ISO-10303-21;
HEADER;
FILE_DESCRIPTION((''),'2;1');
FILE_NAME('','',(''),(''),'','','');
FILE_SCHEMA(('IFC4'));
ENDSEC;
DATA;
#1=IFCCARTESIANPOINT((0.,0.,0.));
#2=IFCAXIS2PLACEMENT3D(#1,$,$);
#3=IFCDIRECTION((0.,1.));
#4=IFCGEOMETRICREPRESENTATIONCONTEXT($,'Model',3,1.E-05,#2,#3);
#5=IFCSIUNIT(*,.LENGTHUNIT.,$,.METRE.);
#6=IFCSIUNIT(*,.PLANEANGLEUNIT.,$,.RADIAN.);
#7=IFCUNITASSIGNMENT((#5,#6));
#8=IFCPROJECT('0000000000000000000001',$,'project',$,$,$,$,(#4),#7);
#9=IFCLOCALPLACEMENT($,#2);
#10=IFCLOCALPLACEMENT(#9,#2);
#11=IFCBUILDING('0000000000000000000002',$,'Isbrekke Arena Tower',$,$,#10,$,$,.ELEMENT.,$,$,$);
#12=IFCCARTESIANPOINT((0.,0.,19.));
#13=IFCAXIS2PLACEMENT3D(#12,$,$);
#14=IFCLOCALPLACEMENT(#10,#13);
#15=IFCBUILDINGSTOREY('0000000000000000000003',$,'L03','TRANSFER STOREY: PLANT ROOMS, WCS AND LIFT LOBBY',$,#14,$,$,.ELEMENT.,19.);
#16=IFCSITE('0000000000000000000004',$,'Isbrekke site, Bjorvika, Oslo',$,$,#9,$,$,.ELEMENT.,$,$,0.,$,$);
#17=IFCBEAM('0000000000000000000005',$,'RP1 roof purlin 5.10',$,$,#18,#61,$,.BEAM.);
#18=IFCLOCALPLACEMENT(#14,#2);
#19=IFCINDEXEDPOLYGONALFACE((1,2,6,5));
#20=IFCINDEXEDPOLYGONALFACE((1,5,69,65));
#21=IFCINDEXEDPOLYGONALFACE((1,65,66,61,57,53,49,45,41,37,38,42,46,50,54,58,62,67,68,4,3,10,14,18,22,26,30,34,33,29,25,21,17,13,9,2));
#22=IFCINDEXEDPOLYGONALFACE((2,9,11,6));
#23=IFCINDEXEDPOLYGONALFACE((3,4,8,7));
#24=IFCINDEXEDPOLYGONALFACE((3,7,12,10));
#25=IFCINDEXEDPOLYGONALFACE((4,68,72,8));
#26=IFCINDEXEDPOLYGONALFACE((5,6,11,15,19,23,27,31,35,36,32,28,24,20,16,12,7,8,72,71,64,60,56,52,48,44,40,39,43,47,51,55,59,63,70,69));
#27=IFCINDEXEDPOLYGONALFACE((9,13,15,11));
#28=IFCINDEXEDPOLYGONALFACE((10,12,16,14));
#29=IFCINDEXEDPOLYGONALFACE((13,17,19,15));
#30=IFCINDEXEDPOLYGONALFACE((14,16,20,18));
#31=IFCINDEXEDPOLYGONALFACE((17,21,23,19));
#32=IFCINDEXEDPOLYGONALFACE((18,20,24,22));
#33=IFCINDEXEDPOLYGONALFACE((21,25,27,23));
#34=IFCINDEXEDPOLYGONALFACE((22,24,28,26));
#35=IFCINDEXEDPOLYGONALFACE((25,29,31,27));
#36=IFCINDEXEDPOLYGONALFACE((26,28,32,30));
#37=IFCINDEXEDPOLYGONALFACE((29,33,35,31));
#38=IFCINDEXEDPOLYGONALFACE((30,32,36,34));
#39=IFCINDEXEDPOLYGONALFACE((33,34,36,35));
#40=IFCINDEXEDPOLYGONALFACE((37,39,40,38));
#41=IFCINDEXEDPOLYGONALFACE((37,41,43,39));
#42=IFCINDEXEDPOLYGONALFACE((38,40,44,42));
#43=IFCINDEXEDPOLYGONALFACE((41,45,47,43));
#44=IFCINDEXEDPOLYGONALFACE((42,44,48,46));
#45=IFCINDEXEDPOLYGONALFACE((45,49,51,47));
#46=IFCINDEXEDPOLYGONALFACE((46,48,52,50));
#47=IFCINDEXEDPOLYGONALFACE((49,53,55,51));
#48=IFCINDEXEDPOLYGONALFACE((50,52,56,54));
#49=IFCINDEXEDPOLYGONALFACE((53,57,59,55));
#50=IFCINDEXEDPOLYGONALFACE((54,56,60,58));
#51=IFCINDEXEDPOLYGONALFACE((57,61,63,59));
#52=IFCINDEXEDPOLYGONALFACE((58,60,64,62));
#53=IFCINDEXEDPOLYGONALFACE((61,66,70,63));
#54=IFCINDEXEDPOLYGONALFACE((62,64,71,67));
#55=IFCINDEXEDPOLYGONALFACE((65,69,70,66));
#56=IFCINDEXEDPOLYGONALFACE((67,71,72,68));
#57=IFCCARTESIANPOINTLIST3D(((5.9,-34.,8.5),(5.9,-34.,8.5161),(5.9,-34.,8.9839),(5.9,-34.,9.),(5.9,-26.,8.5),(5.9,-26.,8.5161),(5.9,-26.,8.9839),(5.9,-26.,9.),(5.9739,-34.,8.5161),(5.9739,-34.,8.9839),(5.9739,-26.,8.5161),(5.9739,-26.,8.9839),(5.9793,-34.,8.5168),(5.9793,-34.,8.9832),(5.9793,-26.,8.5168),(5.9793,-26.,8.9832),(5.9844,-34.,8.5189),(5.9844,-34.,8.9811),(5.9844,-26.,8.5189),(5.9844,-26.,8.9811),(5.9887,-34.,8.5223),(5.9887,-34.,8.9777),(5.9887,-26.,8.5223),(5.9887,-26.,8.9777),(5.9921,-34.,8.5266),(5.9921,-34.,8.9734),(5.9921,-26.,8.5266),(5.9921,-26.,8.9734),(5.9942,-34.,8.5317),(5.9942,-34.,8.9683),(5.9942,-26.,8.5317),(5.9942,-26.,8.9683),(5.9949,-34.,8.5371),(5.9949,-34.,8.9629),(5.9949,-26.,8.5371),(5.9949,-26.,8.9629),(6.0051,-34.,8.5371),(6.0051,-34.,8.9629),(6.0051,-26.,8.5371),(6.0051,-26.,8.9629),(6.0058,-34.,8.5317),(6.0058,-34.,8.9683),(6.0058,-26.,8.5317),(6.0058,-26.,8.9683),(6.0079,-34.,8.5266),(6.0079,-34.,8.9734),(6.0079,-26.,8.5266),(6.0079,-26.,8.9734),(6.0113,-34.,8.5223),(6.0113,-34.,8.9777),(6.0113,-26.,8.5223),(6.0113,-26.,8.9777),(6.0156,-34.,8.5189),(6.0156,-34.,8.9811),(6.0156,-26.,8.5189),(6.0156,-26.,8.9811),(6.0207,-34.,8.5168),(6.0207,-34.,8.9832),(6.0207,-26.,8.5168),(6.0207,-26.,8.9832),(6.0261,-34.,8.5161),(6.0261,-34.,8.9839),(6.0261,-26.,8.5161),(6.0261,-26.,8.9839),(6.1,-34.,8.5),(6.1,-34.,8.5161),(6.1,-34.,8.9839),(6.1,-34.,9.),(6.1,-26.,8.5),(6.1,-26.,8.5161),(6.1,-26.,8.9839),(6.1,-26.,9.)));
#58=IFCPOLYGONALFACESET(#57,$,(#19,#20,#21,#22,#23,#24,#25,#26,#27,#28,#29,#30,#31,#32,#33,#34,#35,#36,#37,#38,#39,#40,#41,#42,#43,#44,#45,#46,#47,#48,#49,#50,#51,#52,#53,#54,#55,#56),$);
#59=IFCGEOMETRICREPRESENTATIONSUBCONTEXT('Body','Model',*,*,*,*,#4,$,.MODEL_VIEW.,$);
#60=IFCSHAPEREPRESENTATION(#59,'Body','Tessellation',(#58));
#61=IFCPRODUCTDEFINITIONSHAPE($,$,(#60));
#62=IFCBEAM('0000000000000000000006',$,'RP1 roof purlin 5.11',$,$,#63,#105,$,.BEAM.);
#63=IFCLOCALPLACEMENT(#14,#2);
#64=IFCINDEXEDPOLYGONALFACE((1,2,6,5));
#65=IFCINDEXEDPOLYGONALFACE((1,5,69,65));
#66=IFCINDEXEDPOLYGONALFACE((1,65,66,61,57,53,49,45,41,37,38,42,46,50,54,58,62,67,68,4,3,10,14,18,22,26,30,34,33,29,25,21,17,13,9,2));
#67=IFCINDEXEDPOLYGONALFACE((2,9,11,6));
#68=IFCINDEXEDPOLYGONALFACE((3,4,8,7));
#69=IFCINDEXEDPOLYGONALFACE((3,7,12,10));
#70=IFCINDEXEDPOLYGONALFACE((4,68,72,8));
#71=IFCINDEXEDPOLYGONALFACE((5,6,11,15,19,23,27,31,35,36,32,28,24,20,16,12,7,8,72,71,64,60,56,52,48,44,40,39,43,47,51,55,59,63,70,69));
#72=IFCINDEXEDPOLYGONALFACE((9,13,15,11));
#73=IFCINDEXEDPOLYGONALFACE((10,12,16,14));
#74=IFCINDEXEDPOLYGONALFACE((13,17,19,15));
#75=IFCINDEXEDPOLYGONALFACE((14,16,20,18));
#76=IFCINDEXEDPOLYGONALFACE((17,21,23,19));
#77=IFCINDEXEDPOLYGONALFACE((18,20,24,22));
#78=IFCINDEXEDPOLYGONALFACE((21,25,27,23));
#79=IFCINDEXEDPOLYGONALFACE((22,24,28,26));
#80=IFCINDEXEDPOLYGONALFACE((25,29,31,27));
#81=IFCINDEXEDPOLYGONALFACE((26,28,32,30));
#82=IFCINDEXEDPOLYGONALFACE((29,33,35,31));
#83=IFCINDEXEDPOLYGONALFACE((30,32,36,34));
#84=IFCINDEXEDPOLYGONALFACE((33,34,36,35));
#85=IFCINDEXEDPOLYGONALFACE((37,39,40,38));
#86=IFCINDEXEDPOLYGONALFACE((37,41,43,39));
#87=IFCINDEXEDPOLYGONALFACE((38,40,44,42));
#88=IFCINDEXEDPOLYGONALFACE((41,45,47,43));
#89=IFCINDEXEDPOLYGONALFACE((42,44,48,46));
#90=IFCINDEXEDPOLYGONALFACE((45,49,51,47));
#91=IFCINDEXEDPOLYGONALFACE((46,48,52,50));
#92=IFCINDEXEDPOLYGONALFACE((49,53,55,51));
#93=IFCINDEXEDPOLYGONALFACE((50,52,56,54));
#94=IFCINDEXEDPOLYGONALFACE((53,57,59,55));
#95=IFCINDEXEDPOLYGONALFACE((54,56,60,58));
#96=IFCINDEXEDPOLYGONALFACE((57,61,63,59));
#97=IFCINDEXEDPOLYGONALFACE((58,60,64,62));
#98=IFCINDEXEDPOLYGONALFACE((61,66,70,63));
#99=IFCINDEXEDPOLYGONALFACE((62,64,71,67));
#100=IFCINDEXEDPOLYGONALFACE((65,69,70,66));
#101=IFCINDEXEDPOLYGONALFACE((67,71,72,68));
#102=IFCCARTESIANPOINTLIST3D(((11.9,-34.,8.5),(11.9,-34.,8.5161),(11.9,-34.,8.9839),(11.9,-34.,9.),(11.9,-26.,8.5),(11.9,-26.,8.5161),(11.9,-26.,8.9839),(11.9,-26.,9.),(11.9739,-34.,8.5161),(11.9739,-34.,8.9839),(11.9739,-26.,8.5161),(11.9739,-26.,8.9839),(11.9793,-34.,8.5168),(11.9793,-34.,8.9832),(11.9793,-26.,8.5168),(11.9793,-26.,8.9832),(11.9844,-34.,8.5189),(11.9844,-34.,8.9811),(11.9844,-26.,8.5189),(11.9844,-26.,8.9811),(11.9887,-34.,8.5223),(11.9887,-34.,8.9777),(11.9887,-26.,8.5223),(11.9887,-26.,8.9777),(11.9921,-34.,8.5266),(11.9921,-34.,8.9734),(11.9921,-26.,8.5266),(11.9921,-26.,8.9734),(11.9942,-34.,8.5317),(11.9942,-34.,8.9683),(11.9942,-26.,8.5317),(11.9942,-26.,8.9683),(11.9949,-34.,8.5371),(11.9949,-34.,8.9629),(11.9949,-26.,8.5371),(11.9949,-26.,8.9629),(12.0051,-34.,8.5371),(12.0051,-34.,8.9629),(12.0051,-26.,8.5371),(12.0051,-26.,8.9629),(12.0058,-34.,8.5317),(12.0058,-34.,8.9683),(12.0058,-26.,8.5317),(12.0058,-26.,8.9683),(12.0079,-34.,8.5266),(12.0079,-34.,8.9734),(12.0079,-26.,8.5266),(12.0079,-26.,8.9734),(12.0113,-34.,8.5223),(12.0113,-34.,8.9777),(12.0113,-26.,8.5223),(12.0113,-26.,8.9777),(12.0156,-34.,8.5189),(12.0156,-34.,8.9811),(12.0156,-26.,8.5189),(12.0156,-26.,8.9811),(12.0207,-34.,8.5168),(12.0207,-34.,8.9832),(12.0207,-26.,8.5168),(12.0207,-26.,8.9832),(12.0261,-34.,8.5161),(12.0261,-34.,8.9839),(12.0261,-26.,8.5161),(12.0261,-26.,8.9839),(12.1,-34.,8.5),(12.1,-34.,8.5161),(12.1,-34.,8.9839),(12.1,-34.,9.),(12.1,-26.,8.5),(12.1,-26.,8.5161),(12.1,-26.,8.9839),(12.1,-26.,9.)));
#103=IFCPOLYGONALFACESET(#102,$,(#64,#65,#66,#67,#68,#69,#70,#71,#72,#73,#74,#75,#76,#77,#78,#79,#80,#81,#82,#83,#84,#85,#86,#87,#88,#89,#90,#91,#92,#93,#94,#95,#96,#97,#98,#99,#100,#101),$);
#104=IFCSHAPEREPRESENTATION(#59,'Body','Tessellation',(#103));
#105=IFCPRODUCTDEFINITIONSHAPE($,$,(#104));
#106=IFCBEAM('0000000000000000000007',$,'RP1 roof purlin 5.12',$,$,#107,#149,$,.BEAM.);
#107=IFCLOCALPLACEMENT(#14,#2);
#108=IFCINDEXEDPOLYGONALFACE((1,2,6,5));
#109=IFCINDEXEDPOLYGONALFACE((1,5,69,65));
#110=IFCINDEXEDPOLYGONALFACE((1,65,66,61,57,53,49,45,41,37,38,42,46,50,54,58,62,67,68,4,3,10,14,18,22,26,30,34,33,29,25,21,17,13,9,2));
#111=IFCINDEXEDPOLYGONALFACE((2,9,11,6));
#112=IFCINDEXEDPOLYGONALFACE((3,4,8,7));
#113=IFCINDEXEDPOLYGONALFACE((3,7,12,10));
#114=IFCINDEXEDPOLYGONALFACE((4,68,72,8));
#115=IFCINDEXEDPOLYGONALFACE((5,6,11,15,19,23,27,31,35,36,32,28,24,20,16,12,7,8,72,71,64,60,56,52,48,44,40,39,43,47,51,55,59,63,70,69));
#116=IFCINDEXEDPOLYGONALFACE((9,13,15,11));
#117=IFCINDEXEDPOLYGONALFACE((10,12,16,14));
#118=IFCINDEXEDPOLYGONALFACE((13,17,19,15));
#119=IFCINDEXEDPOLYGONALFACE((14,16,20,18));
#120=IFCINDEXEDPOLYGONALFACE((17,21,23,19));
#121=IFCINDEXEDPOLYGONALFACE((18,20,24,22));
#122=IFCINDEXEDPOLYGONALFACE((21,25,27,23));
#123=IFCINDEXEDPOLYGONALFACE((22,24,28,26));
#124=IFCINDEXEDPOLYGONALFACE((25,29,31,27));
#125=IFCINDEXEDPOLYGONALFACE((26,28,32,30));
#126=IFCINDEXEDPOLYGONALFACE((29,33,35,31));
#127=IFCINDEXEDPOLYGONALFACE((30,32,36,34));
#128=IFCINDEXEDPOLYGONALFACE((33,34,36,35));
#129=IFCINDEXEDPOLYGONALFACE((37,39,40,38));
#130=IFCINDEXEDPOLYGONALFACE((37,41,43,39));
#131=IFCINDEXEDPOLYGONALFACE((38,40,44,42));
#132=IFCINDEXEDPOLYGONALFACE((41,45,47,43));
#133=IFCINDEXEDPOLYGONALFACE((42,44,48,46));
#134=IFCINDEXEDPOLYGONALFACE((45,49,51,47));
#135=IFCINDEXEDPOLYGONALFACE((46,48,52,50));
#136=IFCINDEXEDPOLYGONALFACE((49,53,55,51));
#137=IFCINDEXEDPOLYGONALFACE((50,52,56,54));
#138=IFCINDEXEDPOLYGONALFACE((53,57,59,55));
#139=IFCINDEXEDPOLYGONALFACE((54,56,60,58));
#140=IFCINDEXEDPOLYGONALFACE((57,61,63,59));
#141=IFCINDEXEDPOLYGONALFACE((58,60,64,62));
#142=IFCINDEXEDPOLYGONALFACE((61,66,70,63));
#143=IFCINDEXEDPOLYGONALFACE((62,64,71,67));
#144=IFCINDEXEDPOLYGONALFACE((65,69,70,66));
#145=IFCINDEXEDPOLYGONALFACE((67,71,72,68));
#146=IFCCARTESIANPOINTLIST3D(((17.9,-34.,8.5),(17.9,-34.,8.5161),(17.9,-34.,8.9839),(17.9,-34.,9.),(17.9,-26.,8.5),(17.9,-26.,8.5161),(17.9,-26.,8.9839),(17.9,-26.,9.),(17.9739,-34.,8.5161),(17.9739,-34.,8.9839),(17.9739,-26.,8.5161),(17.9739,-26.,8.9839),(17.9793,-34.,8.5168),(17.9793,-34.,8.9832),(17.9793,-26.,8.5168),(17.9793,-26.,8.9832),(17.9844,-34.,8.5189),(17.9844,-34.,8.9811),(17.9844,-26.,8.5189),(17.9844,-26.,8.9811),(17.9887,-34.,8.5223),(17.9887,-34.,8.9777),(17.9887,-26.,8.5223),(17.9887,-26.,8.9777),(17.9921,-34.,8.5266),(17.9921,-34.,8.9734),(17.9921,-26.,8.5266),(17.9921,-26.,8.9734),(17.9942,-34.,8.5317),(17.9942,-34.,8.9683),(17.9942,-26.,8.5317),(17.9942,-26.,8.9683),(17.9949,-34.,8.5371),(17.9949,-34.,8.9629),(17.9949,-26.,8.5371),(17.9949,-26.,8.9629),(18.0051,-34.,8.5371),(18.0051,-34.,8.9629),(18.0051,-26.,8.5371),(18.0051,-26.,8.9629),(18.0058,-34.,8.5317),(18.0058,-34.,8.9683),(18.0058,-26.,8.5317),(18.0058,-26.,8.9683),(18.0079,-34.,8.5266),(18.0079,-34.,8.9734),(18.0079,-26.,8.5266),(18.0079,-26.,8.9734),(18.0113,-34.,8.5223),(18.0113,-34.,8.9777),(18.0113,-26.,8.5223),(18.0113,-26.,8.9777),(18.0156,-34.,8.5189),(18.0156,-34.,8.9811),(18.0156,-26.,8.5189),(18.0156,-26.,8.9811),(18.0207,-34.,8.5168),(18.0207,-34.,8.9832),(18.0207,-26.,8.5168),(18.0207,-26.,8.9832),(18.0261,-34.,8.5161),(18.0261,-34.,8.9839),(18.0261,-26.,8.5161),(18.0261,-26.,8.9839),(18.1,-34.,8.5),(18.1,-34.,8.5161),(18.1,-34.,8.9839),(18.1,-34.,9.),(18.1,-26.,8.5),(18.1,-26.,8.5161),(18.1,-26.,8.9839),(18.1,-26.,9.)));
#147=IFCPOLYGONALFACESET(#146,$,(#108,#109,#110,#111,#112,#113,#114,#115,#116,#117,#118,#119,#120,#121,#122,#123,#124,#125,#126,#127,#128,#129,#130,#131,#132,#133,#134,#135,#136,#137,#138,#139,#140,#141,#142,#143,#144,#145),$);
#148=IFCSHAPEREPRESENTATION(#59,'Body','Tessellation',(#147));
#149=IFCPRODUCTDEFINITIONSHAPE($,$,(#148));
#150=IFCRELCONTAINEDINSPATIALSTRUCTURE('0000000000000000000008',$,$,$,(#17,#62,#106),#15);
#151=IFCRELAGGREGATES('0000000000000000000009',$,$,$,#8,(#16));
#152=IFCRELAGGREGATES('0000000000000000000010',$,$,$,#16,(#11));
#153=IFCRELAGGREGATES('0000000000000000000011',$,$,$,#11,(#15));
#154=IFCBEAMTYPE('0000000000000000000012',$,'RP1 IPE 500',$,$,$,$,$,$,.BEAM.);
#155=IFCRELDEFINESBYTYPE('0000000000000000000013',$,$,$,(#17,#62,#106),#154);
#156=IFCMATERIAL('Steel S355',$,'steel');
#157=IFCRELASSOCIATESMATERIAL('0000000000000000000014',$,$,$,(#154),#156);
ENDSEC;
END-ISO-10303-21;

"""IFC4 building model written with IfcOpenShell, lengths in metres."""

from ifc_helpers import new_model, si_unit, direction, frame, origin, origin_2d, place, context, subcontext, project, spatial, i_section, extrude, material, material_profile, profile_set, type_object, element, save


model = new_model("IFC4")

# Units and contexts
model_context = context("Model", 3, precision=1e-05, world=origin(), true_north=direction((0.0, 1.0)))
body_context = subcontext(model_context, "Body", "Model", "MODEL_VIEW")
ifc_project = project(units=[si_unit("LENGTHUNIT", "METRE"), si_unit("PLANEANGLEUNIT", "RADIAN")], contexts=[model_context])

# Site, building, storey
site_placement = place(None, origin())
site = spatial("IfcSite", under=ifc_project, at=site_placement, Name="Isbrekke site, Bjorvika, Oslo", CompositionType="ELEMENT", RefElevation=0.0)
building_placement = place(site_placement, origin())
building = spatial("IfcBuilding", under=site, at=building_placement, Name="Isbrekke Arena Tower", CompositionType="ELEMENT")
storey_placement = place(building_placement, frame((0.0, 0.0, 19.0)))
storey = spatial("IfcBuildingStorey", under=building, at=storey_placement, Name="L03", Description="TRANSFER STOREY: PLANT ROOMS, WCS AND LIFT LOBBY", CompositionType="ELEMENT", Elevation=19.0)

# Beams
ifc_material_1 = material(Name="Steel S355", Category="steel")
ifc_material_profile_1 = material_profile(ifc_material_1, i_section(OverallWidth=0.2, OverallDepth=0.5, WebThickness=0.0103, FlangeThickness=0.0161, FilletRadius=0.021, at=origin_2d()), Name="IPE 500")
ifc_profile_set_1 = profile_set([ifc_material_profile_1], Name="Steel S355")
beam_type = type_object("IfcBeamType", Name="RP1 IPE 500", PredefinedType="BEAM", material=ifc_profile_set_1)
for number, where, z_axis, x_axis, name in (
    (1, (6.0, -34.0, 8.75), (0.0, 1.0, 0.0), (-1.0, 0.0, 0.0), "RP1 roof purlin 5.10"),
    (2, (12.0, -34.0, 8.75), (0.0, 1.0, 0.0), (-1.0, 0.0, 0.0), "RP1 roof purlin 5.11"),
    (3, (18.0, -34.0, 8.75), (0.0, 1.0, 0.0), (-1.0, 0.0, 0.0), "RP1 roof purlin 5.12"),
):
    element("IfcBeam", number, at=place(storey_placement, frame(where, z_axis=z_axis, x_axis=x_axis)), inside=storey, type_object=beam_type, Name=name, PredefinedType="BEAM", context=body_context, shape_type="SweptSolid", body=[
        extrude(i_section(OverallWidth=0.2, OverallDepth=0.5, WebThickness=0.0103, FlangeThickness=0.0161, FilletRadius=0.021, at=origin_2d()), origin(), (0.0, 0.0, 1.0), 8.0),
    ])

save(model, "model.ifc")
